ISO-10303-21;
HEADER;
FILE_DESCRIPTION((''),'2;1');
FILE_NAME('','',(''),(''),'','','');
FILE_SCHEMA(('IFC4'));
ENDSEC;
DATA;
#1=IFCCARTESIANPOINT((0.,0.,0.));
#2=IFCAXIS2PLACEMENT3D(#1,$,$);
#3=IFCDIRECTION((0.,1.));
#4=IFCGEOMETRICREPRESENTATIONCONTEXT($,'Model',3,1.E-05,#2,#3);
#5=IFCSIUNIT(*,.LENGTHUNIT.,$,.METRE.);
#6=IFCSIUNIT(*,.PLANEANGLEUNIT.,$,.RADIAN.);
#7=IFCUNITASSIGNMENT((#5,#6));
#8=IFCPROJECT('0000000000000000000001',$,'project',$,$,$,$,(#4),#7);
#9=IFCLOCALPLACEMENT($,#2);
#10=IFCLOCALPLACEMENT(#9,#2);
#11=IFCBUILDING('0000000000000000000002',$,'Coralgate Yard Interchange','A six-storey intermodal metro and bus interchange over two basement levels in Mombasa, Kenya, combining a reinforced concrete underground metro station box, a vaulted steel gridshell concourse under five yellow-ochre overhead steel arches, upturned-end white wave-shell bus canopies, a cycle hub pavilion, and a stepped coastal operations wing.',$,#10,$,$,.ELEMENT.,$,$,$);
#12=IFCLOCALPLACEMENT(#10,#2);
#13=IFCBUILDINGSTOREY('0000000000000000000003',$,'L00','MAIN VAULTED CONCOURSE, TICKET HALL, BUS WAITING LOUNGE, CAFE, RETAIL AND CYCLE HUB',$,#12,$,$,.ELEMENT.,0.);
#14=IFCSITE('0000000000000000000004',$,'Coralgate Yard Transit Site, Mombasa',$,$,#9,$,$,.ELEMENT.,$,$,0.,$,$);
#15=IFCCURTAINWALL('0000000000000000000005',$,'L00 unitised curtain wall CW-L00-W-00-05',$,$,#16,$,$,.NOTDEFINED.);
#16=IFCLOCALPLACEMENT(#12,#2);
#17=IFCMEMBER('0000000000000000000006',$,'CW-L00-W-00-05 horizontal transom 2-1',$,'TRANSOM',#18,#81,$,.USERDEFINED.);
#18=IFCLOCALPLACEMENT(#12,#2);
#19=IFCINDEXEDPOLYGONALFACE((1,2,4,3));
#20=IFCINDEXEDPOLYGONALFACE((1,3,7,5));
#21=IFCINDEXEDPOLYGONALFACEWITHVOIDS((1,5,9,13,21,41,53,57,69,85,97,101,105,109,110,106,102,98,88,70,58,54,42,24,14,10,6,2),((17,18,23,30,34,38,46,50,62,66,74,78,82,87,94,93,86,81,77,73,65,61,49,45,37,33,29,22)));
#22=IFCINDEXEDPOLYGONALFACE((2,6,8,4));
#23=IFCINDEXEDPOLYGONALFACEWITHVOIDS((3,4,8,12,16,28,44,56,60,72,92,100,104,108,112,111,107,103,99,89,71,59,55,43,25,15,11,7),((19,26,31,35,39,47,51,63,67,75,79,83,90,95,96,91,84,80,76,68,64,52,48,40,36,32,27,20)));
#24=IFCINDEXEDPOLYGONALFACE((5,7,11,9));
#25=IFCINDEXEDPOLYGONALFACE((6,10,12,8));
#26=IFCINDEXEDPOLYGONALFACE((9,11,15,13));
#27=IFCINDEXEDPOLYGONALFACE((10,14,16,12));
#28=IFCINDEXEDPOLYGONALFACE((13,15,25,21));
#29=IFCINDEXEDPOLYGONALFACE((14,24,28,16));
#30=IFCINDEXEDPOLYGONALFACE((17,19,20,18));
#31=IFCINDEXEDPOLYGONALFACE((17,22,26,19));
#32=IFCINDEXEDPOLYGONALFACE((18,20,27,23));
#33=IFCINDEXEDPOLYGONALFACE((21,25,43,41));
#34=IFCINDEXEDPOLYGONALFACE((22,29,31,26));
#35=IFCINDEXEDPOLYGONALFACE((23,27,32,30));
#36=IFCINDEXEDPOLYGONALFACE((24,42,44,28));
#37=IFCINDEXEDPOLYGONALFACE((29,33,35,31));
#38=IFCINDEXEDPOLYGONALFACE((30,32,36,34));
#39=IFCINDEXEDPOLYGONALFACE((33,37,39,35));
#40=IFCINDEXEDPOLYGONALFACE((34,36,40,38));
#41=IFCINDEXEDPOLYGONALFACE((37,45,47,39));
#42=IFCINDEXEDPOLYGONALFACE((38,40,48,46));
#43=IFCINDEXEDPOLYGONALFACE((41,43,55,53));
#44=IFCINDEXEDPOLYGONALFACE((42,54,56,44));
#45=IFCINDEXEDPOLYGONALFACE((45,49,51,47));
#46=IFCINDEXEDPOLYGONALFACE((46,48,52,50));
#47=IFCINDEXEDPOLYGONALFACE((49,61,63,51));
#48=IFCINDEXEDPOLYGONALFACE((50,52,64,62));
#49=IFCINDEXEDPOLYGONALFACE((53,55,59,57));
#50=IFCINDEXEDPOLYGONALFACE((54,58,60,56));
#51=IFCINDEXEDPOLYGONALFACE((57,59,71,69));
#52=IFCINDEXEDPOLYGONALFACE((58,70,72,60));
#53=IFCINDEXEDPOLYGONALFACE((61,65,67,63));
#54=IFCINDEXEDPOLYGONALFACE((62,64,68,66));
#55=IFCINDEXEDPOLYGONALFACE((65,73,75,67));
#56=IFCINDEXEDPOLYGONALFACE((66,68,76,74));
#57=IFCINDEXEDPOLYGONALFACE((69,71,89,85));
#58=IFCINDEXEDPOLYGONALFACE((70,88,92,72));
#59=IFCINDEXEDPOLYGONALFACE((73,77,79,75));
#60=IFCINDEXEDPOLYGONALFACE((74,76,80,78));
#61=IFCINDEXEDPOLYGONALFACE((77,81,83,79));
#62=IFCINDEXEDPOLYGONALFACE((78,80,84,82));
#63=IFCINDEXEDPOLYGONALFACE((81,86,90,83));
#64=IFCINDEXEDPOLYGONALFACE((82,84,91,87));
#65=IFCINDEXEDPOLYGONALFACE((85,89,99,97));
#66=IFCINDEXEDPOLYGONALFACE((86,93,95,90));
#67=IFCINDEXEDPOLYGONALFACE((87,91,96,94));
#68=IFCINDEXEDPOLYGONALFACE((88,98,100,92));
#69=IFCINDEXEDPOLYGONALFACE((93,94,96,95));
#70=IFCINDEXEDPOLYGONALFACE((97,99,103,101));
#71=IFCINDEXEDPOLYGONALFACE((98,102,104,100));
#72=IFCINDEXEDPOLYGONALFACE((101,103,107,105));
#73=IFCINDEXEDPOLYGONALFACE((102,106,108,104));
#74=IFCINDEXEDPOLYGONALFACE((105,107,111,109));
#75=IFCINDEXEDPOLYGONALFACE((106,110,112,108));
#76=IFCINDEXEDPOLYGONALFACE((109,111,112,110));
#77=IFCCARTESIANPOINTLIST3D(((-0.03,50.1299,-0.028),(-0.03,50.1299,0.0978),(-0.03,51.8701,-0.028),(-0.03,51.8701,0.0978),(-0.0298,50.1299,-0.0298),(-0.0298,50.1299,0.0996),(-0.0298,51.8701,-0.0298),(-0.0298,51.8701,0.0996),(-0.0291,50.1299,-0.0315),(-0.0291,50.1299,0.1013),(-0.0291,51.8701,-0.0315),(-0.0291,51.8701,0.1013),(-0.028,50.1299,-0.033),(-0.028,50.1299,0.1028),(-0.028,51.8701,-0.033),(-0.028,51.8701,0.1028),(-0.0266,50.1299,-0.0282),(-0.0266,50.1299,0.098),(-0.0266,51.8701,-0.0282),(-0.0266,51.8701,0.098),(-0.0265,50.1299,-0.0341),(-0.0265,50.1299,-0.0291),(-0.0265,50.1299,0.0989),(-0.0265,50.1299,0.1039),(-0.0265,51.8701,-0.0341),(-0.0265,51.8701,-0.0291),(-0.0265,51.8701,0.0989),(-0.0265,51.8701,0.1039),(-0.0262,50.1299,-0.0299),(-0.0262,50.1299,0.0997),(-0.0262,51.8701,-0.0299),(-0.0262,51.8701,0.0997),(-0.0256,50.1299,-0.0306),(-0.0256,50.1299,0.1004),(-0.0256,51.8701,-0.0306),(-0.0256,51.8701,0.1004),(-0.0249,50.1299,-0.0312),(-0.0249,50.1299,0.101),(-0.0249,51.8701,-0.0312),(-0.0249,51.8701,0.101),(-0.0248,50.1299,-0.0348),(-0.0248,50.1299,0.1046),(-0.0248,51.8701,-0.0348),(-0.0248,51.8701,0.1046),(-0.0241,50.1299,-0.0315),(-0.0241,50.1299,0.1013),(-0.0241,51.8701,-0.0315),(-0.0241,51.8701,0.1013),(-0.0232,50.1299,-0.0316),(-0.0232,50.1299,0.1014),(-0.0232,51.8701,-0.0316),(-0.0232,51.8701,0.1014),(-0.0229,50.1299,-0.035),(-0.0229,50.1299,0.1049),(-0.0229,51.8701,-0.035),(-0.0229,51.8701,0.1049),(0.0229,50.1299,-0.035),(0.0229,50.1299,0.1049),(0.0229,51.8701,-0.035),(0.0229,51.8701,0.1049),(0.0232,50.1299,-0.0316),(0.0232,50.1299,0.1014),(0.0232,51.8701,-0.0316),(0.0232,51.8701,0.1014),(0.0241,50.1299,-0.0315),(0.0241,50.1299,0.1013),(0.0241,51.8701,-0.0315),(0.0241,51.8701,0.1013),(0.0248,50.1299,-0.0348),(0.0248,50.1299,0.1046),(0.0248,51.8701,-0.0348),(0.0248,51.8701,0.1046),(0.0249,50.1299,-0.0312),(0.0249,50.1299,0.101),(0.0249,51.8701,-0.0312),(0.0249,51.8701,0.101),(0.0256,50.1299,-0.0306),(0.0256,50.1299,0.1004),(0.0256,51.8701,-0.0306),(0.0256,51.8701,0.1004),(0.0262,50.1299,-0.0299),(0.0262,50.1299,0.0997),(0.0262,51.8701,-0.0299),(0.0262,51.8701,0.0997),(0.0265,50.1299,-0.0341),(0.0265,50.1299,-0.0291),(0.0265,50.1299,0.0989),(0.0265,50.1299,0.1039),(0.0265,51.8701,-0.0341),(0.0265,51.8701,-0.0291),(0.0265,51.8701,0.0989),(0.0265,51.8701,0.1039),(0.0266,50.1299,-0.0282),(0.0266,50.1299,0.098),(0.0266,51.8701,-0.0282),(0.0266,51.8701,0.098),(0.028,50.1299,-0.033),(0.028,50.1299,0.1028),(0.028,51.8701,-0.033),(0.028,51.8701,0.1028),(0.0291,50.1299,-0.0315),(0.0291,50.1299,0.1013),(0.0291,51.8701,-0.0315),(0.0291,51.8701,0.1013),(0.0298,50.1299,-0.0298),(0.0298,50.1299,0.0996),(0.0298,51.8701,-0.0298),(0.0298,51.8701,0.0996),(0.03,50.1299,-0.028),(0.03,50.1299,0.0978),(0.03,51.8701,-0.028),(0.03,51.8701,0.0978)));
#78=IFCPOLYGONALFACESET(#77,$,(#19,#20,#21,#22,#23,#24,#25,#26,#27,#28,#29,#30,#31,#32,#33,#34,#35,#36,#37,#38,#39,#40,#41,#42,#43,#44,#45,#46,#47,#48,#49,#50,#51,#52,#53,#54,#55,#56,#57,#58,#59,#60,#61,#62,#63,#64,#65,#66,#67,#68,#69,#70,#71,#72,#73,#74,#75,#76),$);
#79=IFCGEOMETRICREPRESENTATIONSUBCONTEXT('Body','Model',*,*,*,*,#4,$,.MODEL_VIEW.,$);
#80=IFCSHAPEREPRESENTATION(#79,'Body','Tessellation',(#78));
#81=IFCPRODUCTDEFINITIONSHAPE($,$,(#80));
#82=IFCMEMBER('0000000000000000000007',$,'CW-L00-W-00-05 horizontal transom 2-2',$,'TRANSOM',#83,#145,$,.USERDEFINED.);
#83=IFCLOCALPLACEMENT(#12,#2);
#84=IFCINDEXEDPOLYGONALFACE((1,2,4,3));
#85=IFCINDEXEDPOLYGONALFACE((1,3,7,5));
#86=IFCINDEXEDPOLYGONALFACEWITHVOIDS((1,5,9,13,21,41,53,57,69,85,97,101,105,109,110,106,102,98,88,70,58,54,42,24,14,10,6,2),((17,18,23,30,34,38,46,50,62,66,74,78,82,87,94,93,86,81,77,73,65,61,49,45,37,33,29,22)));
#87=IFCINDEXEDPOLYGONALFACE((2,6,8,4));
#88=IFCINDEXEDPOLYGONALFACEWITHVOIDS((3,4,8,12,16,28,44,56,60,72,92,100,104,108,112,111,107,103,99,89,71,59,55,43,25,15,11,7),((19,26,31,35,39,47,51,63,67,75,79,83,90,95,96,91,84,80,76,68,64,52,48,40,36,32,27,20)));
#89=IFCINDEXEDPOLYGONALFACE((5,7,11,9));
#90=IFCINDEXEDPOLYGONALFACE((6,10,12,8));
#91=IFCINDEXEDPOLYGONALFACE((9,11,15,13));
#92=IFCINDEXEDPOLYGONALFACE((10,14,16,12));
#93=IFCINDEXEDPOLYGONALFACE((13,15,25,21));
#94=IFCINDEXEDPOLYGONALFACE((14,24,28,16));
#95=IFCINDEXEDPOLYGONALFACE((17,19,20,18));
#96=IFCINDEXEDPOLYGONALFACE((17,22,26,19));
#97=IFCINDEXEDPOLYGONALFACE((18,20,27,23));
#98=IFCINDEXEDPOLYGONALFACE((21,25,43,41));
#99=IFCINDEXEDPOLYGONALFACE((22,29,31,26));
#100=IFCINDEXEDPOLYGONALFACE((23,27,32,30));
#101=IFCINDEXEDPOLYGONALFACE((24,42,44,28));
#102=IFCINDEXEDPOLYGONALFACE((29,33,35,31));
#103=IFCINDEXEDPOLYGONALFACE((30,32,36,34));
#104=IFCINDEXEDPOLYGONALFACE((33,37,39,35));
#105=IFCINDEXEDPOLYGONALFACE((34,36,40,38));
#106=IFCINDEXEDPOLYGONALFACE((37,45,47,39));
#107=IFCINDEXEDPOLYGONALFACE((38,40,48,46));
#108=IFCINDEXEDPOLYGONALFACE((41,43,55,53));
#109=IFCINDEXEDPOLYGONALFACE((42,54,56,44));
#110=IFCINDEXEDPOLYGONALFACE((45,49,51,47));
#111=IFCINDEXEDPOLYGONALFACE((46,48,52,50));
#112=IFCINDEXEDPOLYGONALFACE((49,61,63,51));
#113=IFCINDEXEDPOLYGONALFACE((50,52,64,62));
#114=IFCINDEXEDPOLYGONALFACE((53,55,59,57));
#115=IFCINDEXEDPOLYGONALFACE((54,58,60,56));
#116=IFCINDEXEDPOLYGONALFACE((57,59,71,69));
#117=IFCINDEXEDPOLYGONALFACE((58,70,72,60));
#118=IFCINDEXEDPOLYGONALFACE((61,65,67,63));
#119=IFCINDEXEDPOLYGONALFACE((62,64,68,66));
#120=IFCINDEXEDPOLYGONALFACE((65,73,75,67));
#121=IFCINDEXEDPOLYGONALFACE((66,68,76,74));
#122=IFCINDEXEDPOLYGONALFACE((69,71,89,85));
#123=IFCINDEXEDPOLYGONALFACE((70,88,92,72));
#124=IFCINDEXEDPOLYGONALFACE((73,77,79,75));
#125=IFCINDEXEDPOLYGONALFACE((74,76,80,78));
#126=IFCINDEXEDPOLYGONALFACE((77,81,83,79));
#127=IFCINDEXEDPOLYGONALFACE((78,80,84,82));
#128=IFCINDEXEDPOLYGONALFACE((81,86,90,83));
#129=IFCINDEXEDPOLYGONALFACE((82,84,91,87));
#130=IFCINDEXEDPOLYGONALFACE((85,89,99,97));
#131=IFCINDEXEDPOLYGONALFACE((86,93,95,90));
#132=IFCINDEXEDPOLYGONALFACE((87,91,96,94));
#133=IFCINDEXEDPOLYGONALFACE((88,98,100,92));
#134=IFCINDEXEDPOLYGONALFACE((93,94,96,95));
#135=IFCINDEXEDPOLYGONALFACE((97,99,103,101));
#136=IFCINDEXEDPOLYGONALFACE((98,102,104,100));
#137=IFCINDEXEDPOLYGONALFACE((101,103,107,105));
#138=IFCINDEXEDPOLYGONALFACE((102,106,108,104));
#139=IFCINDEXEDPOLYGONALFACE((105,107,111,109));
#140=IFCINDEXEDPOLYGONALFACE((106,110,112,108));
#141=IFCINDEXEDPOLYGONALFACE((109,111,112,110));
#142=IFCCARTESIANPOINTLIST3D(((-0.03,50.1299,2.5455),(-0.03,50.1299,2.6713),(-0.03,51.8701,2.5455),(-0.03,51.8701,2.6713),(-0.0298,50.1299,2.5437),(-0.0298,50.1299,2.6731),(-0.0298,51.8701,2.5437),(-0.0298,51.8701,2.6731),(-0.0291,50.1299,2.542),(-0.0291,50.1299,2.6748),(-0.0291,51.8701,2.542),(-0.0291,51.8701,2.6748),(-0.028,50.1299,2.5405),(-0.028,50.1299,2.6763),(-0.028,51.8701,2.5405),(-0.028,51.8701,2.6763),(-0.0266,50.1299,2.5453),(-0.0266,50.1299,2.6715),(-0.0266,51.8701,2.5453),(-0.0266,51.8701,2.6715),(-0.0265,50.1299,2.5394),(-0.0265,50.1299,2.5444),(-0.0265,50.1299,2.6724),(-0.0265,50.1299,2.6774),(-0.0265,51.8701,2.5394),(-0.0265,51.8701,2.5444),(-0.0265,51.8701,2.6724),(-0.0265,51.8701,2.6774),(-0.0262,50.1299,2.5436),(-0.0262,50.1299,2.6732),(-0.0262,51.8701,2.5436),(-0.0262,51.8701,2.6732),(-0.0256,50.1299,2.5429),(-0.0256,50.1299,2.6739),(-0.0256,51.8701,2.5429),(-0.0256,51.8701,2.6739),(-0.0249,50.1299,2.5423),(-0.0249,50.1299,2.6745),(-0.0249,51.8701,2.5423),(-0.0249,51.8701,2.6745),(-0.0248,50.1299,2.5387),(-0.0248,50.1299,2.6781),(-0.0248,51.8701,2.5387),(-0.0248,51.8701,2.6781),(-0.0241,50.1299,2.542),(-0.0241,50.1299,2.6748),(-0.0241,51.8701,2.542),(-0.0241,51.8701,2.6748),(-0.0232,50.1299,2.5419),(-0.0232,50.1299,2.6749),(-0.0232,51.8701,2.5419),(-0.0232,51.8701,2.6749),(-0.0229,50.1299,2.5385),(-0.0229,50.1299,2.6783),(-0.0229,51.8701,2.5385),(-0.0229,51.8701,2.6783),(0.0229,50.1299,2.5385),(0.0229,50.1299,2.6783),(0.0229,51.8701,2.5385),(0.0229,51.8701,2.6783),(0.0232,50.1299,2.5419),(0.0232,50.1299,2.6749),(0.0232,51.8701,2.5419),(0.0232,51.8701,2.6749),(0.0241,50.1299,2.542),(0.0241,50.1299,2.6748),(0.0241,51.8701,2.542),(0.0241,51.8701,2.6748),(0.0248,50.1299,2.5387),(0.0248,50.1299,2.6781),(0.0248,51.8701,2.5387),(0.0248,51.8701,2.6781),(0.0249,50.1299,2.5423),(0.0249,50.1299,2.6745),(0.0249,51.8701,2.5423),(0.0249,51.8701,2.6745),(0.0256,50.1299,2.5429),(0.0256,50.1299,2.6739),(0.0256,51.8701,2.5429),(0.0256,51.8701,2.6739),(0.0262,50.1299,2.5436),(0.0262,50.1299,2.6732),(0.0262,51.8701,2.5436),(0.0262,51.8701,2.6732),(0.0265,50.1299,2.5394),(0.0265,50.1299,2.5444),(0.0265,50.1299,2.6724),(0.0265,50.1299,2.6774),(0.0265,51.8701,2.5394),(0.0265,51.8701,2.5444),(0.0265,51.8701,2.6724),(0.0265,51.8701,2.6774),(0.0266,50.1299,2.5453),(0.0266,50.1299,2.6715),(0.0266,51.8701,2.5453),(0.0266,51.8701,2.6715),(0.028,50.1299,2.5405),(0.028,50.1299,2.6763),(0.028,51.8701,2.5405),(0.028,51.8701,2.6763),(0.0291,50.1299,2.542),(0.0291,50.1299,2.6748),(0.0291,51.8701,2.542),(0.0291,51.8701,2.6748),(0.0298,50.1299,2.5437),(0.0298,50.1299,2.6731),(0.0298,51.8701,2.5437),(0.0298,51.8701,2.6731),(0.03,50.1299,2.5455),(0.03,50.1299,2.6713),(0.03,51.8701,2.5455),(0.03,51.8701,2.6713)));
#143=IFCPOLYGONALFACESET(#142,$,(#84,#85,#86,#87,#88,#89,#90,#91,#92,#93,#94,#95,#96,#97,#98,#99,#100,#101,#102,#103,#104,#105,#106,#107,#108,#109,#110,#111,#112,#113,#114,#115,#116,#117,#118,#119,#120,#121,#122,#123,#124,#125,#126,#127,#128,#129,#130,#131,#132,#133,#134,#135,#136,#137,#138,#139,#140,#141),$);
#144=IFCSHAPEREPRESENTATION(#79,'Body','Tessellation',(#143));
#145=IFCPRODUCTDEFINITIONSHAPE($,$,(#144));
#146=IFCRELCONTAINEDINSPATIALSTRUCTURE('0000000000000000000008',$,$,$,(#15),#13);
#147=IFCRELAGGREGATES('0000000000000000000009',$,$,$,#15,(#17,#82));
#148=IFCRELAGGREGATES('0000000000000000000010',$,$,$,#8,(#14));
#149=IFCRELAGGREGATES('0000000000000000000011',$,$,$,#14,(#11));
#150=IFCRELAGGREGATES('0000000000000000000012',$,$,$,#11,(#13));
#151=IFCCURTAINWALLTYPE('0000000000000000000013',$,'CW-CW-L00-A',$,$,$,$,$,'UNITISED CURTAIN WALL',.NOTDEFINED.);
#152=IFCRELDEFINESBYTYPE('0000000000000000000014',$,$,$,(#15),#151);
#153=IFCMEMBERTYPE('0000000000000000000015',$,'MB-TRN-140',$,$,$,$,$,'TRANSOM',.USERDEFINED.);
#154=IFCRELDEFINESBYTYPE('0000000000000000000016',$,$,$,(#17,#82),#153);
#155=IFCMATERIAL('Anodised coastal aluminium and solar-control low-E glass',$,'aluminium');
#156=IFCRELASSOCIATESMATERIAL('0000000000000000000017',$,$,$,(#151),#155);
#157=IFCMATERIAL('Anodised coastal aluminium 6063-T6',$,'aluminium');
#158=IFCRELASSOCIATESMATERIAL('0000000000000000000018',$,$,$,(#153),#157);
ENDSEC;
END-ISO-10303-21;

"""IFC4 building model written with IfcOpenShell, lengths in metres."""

from ifc_helpers import new_model, si_unit, direction, frame, origin, origin_2d, place, context, subcontext, project, spatial, hollow_rectangle, extrude, material, material_profile, profile_set, type_object, element, aggregate, save


model = new_model("IFC4")

# Units and contexts
model_context = context("Model", 3, precision=1e-05, world=origin(), true_north=direction((0.0, 1.0)))
body_context = subcontext(model_context, "Body", "Model", "MODEL_VIEW")
ifc_project = project(units=[si_unit("LENGTHUNIT", "METRE"), si_unit("PLANEANGLEUNIT", "RADIAN")], contexts=[model_context])

# Site, building, storey
site_placement = place(None, origin())
site = spatial("IfcSite", under=ifc_project, at=site_placement, Name="Coralgate Yard Transit Site, Mombasa", CompositionType="ELEMENT", RefElevation=0.0)
building_placement = place(site_placement, origin())
building = spatial("IfcBuilding", under=site, at=building_placement, Name="Coralgate Yard Interchange", Description="A six-storey intermodal metro and bus interchange over two basement levels in Mombasa, Kenya, combining a reinforced concrete underground metro station box, a vaulted steel gridshell concourse under five yellow-ochre overhead steel arches, upturned-end white wave-shell bus canopies, a cycle hub pavilion, and a stepped coastal operations wing.", CompositionType="ELEMENT")
storey_placement = place(building_placement, origin())
storey = spatial("IfcBuildingStorey", under=building, at=storey_placement, Name="L00", Description="MAIN VAULTED CONCOURSE, TICKET HALL, BUS WAITING LOUNGE, CAFE, RETAIL AND CYCLE HUB", CompositionType="ELEMENT", Elevation=0.0)

# Curtain wall
ifc_material_1 = material(Name="Anodised coastal aluminium and solar-control low-E glass", Category="aluminium")
ifc_material_2 = material(Name="Anodised coastal aluminium 6063-T6", Category="aluminium")
curtain_wall_type_1 = type_object("IfcCurtainWallType", Name="CW-CW-L00-A", ElementType="UNITISED CURTAIN WALL", PredefinedType="NOTDEFINED", material=ifc_material_1)
curtain_wall_1_placement = place(storey_placement, origin())
curtain_wall_1 = element("IfcCurtainWall", 1, at=curtain_wall_1_placement, inside=storey, type_object=curtain_wall_type_1, Name="L00 unitised curtain wall CW-L00-W-00-05", PredefinedType="NOTDEFINED")

# Members
ifc_material_profile_1 = material_profile(ifc_material_2, hollow_rectangle(XDim=0.0601, YDim=0.1399, WallThickness=0.0034, InnerFilletRadius=0.0034, OuterFilletRadius=0.0071, at=origin_2d()), Name="ALU 60x140x3.5")
ifc_profile_set_1 = profile_set([ifc_material_profile_1], Name="Anodised coastal aluminium 6063-T6")
member_type_1 = type_object("IfcMemberType", Name="MB-TRN-140", ElementType="TRANSOM", PredefinedType="USERDEFINED", material=ifc_profile_set_1)
member_1_placement = place(storey_placement, frame((0.0, 50.1299, 0.0349), z_axis=(0.0, 1.0, 0.0), x_axis=(-1.0, 0.0, 0.0)))
member_1 = element("IfcMember", 2, at=member_1_placement, type_object=member_type_1, Name="CW-L00-W-00-05 horizontal transom 2-1", ObjectType="TRANSOM", PredefinedType="USERDEFINED", context=body_context, shape_type="SweptSolid", body=[
    extrude(hollow_rectangle(XDim=0.0601, YDim=0.1399, WallThickness=0.0034, InnerFilletRadius=0.0034, OuterFilletRadius=0.0071, at=origin_2d()), origin(), (0.0, 0.0, 1.0), 1.7402),
])
member_2_placement = place(storey_placement, frame((0.0, 50.1299, 2.6084), z_axis=(0.0, 1.0, 0.0), x_axis=(-1.0, 0.0, 0.0)))
member_2 = element("IfcMember", 3, at=member_2_placement, type_object=member_type_1, Name="CW-L00-W-00-05 horizontal transom 2-2", ObjectType="TRANSOM", PredefinedType="USERDEFINED", context=body_context, shape_type="SweptSolid", body=[
    extrude(hollow_rectangle(XDim=0.0601, YDim=0.1399, WallThickness=0.0034, InnerFilletRadius=0.0034, OuterFilletRadius=0.0071, at=origin_2d()), origin(), (0.0, 0.0, 1.0), 1.7402),
])

aggregate(curtain_wall_1, [member_1, member_2])

save(model, "model.ifc")
